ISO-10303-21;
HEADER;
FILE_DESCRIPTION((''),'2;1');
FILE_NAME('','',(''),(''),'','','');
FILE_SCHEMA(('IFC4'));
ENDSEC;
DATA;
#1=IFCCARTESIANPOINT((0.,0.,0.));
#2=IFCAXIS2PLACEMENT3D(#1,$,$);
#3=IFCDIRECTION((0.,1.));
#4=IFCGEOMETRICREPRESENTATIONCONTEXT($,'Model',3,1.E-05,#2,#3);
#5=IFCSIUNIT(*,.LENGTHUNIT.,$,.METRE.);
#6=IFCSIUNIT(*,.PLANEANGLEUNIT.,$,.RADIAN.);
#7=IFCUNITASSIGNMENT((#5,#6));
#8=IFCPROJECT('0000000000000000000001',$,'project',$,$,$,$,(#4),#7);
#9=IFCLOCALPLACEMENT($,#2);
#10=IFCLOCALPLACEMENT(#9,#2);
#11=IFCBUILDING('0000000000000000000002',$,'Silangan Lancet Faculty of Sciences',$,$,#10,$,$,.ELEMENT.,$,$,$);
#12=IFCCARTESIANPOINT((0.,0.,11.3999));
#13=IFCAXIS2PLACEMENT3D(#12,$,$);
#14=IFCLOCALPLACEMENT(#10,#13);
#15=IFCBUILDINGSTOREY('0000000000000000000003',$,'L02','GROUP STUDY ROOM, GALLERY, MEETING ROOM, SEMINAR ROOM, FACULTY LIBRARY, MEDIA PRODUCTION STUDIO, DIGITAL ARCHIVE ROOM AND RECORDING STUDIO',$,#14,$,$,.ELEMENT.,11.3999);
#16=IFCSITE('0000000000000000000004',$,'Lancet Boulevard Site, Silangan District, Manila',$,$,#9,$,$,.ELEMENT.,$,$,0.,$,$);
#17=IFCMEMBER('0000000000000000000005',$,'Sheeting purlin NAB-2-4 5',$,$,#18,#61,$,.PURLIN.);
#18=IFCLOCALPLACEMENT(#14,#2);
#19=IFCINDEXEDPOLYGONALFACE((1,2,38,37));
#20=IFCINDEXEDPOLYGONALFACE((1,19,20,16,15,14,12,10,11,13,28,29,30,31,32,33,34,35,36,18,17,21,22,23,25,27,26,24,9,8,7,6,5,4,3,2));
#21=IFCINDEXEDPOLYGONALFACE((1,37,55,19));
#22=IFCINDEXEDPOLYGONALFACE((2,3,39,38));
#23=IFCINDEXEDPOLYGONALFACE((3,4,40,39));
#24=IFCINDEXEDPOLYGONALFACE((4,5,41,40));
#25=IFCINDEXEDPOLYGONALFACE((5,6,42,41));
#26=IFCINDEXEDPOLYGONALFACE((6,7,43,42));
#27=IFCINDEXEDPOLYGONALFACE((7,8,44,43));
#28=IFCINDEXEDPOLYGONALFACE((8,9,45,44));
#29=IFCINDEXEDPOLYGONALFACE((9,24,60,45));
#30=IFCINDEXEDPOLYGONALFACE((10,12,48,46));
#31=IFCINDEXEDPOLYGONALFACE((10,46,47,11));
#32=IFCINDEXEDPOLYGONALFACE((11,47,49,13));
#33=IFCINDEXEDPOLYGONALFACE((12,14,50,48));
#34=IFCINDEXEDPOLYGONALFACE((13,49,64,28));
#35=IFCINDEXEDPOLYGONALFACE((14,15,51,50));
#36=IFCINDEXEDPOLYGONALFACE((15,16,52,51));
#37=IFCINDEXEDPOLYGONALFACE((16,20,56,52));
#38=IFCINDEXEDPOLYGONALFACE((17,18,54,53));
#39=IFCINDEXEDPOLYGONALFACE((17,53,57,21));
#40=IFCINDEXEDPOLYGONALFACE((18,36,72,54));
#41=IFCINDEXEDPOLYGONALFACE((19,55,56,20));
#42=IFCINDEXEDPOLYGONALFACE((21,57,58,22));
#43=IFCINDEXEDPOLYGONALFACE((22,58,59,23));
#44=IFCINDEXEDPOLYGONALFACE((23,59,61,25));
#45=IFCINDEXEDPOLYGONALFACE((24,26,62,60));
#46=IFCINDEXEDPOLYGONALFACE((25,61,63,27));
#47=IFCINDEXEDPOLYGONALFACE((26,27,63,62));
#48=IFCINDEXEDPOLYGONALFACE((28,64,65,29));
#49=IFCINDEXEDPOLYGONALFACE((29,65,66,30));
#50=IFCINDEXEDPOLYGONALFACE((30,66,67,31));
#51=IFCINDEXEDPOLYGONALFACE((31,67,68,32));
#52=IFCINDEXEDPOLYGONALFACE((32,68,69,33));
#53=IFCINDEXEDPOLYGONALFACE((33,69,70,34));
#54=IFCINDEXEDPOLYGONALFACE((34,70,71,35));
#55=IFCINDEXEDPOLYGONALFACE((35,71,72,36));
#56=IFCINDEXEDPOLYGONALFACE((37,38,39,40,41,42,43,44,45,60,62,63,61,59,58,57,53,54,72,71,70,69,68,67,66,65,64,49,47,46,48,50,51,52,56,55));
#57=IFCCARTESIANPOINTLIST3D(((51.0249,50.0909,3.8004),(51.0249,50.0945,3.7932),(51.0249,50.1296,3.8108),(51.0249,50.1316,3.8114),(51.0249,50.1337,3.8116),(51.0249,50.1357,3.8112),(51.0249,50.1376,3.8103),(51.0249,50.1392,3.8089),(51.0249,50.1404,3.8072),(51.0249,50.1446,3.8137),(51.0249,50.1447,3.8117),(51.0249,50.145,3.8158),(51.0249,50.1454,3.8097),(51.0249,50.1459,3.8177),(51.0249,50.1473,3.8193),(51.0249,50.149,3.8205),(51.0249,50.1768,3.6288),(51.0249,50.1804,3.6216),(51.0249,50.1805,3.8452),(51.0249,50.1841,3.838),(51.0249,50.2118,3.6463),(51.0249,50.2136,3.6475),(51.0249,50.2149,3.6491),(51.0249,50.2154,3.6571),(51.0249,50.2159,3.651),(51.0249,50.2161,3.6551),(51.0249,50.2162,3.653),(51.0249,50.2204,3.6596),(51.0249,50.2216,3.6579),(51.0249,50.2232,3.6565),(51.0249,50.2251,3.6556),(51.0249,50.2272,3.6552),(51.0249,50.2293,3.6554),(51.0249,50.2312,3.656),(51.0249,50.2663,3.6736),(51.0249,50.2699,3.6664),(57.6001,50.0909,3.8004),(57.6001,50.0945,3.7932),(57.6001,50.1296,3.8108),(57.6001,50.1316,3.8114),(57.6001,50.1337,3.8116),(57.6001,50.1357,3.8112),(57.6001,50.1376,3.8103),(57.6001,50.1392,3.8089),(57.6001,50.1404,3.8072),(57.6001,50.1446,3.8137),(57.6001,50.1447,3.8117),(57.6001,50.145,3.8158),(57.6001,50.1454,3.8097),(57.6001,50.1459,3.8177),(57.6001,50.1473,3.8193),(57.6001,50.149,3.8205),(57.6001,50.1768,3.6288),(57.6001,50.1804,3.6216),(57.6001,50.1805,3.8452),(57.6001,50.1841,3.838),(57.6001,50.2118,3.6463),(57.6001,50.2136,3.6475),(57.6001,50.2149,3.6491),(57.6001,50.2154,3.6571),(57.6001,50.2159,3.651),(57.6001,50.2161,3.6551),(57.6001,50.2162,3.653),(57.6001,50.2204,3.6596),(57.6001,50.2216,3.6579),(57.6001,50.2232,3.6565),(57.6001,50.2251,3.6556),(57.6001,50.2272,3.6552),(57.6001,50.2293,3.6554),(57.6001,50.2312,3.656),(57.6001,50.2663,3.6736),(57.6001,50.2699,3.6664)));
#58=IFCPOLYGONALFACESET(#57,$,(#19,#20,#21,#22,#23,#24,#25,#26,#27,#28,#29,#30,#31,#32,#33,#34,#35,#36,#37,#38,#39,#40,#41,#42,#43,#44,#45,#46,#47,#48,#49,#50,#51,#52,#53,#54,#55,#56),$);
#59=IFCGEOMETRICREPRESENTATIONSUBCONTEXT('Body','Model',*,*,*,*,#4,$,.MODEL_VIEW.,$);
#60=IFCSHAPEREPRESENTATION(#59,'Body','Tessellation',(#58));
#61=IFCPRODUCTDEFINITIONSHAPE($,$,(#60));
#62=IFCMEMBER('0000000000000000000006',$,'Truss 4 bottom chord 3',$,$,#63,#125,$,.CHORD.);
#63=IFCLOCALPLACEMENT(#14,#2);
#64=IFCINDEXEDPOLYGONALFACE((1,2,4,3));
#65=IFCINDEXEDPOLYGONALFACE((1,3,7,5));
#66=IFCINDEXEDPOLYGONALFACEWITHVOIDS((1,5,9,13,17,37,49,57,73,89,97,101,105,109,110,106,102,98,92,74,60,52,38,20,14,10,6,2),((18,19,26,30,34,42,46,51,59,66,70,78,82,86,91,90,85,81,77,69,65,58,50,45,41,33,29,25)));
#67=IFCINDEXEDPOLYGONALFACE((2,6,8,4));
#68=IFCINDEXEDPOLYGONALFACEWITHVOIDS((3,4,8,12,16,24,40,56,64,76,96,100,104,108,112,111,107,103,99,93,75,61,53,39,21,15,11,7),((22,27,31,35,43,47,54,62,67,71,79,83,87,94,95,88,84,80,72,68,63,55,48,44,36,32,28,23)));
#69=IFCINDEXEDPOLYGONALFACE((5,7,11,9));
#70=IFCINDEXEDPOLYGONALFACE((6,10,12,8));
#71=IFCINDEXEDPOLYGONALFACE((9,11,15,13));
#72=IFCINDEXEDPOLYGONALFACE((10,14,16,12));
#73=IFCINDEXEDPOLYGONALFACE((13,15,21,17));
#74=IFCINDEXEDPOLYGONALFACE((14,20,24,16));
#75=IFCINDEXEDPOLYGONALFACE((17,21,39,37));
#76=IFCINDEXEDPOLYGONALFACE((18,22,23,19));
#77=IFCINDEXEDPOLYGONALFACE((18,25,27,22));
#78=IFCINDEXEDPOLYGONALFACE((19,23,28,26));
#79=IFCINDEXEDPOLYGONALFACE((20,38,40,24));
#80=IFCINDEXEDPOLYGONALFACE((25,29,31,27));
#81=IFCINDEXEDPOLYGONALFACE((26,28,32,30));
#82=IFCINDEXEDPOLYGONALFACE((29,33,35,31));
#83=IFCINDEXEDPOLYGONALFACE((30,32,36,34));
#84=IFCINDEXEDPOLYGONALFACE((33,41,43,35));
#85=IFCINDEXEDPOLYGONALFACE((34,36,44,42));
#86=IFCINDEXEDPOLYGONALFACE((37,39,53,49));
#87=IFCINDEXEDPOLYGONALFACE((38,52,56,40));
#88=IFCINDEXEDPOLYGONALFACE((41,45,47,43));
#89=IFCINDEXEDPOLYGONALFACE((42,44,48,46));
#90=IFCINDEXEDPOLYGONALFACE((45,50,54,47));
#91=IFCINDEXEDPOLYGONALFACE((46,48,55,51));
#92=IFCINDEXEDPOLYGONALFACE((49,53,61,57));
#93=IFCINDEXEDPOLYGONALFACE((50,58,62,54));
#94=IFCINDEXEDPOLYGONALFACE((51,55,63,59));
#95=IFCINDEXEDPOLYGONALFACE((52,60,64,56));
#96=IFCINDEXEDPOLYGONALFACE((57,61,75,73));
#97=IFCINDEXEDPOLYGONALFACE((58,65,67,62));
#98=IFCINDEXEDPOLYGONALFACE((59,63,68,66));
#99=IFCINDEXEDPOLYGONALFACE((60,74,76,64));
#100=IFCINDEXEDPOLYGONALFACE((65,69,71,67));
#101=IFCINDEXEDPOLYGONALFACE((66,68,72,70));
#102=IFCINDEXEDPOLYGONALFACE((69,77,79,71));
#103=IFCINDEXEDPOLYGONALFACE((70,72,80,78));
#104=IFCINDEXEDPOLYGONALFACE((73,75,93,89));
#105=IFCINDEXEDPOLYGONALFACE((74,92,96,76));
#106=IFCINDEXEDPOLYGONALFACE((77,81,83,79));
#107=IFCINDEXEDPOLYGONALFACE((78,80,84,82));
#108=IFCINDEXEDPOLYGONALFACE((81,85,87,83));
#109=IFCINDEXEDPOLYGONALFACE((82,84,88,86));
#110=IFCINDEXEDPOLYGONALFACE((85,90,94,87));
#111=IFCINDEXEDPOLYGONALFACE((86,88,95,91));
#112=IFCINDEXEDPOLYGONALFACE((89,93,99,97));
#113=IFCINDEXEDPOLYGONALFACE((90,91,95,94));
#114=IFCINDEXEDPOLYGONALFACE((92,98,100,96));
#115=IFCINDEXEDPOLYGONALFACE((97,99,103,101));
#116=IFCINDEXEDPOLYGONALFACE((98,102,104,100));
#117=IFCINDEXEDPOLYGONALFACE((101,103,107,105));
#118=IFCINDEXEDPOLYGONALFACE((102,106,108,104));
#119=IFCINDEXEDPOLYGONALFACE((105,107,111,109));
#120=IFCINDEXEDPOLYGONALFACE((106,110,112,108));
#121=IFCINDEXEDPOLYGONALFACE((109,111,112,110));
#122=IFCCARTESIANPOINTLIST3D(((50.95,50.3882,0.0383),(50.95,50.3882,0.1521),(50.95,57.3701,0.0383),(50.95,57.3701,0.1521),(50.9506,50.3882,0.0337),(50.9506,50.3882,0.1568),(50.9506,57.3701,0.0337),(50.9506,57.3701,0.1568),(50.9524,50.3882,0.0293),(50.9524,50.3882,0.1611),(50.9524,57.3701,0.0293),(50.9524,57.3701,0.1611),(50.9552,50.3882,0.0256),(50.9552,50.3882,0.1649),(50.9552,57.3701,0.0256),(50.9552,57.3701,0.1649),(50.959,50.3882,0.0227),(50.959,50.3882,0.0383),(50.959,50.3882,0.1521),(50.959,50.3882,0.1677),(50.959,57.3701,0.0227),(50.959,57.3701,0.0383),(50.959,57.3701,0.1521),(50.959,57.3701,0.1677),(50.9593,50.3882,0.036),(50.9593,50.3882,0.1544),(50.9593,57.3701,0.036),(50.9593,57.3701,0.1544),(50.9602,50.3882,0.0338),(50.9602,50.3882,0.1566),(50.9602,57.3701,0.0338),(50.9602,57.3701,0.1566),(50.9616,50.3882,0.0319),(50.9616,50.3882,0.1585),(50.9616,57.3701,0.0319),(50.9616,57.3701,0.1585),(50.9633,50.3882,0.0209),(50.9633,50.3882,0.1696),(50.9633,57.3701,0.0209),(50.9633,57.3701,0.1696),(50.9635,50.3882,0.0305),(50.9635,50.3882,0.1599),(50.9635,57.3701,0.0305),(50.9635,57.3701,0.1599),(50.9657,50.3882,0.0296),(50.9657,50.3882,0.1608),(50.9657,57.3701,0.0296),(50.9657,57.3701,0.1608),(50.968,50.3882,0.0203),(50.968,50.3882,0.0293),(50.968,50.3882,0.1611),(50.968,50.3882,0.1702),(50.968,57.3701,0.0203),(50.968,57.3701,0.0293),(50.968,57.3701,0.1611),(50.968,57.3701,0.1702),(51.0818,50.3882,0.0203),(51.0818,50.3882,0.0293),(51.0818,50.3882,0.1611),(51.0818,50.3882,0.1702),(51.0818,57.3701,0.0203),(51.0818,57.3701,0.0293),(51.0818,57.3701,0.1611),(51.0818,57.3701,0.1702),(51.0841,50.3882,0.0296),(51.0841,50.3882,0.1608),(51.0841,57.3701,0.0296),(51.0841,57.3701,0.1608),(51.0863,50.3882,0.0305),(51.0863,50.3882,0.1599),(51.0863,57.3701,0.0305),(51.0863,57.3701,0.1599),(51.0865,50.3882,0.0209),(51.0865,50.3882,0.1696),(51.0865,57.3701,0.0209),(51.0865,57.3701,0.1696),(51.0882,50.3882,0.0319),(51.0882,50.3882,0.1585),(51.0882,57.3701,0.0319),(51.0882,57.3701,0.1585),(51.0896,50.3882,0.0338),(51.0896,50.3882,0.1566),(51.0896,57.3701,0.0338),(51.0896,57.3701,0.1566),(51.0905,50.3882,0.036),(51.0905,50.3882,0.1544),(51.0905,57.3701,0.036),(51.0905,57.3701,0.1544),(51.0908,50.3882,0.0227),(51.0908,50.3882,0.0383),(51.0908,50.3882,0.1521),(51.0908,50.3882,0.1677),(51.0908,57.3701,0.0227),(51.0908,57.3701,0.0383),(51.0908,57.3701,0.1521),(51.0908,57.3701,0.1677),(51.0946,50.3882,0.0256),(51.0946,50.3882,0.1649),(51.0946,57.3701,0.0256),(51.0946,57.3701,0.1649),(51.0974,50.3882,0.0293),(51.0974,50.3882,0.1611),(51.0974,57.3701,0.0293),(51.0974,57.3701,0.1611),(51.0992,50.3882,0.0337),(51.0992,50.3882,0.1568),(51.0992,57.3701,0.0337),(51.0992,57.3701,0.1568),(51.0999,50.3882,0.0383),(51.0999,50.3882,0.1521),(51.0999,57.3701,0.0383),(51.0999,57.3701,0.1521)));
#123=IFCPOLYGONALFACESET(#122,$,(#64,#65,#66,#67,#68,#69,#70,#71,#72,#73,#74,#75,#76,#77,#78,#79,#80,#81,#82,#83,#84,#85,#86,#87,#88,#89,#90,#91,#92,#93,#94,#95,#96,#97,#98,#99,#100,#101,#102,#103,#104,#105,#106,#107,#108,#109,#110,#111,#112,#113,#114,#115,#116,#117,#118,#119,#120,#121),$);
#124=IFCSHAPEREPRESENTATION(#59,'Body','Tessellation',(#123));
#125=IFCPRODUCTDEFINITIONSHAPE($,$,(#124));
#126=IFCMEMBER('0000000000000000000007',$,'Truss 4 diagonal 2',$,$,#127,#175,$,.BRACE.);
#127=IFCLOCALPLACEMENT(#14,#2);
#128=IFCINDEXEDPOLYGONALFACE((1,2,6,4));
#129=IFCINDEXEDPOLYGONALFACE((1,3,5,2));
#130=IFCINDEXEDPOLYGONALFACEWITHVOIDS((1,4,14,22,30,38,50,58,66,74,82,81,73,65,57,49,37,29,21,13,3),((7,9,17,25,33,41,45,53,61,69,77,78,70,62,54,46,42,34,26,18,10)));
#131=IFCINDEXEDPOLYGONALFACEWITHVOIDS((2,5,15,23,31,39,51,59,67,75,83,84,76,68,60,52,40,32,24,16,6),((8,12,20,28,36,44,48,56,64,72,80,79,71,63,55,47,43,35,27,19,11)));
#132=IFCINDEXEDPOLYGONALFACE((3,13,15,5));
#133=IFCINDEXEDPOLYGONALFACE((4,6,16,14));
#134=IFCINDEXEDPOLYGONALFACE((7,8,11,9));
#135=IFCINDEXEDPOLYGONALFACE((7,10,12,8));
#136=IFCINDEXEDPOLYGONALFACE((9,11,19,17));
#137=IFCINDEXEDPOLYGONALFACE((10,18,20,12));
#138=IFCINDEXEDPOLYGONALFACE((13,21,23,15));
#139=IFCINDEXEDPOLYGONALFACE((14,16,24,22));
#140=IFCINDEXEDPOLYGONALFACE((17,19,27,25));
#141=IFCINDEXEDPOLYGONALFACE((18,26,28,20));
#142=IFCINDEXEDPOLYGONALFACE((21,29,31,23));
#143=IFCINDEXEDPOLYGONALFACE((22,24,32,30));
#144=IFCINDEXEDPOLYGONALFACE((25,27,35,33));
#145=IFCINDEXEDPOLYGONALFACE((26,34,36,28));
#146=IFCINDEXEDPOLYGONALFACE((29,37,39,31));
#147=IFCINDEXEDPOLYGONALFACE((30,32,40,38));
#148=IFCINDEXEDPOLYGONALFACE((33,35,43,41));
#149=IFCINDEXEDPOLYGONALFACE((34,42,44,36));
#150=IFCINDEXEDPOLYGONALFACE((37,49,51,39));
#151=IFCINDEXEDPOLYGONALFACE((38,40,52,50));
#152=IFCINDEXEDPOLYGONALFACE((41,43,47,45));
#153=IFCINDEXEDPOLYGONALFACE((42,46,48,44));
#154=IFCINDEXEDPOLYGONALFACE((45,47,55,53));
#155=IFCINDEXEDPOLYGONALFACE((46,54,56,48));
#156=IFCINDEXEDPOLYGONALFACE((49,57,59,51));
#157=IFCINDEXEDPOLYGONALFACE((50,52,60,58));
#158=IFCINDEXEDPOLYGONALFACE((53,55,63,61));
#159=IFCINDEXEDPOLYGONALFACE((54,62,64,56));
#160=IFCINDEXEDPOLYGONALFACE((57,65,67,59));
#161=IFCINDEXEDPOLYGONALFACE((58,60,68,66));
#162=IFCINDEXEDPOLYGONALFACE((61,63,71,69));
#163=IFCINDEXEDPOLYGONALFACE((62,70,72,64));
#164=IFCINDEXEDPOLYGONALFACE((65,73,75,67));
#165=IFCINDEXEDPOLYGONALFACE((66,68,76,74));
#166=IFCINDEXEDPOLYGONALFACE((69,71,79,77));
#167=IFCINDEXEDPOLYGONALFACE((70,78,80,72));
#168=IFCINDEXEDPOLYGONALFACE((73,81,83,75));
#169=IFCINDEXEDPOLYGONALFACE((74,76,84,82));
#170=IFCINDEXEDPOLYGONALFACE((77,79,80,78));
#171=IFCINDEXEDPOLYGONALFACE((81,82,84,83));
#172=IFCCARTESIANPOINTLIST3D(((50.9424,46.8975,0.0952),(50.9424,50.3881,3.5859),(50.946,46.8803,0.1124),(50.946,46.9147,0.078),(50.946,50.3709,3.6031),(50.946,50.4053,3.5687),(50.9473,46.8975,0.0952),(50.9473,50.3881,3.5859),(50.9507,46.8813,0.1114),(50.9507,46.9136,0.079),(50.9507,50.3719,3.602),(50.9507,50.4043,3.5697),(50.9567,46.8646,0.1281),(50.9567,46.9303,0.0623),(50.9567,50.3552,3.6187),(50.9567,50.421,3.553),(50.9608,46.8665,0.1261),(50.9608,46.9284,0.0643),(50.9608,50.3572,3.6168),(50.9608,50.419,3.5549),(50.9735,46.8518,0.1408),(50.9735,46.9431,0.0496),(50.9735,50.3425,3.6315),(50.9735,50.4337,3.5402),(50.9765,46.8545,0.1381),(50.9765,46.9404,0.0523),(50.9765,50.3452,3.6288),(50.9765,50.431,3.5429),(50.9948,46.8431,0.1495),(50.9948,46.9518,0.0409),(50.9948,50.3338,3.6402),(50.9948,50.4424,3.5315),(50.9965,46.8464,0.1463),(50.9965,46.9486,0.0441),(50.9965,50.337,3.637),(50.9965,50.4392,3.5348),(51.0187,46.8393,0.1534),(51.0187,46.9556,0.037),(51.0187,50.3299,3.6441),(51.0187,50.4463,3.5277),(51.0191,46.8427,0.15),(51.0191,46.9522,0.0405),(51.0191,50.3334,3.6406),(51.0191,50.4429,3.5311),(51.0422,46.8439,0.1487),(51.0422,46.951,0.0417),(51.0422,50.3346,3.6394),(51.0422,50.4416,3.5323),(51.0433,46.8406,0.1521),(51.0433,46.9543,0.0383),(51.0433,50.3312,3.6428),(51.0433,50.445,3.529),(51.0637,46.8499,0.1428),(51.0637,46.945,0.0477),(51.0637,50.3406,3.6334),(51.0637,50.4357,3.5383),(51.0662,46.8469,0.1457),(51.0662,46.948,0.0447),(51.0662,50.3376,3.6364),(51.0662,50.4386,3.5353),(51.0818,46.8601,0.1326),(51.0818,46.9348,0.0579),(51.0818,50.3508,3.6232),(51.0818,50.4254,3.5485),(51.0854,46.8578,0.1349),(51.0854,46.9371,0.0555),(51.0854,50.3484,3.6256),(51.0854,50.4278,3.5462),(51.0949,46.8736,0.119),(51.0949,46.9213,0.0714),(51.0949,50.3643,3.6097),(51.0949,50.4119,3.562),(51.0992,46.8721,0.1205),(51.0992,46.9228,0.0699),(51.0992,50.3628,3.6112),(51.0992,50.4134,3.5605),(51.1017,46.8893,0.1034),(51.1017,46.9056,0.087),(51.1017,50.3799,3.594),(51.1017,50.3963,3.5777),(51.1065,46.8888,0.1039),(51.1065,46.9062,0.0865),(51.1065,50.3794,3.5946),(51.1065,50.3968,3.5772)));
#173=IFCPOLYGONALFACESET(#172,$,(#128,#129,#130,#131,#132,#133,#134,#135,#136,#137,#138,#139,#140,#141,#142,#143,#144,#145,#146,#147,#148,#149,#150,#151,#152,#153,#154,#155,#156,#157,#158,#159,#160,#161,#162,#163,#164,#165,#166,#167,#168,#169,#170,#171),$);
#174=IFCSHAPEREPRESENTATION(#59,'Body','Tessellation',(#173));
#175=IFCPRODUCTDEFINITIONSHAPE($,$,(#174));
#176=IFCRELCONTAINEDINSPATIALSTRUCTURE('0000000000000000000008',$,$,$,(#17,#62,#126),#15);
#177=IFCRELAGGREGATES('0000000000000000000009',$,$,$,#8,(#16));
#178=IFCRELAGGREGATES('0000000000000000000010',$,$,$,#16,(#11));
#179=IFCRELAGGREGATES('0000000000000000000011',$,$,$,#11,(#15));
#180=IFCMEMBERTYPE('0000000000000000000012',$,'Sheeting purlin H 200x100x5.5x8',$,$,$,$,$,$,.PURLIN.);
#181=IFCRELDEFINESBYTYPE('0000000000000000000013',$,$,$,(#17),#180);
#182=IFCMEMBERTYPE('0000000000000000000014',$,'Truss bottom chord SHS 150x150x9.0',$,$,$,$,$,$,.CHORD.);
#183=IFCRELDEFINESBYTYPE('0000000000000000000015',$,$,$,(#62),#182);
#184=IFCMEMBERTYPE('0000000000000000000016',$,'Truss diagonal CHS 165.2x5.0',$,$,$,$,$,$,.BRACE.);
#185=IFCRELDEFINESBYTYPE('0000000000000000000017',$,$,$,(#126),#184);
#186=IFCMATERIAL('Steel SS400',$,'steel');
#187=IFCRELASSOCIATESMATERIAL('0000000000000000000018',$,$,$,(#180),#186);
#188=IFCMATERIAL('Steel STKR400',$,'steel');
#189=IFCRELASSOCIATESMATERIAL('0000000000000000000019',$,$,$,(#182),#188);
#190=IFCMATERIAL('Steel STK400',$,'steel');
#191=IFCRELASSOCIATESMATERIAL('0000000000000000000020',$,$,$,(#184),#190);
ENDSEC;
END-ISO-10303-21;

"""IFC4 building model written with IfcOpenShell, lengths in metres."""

from ifc_helpers import new_model, si_unit, direction, frame, origin, origin_2d, place, context, subcontext, project, spatial, hollow_rectangle, hollow_circle, i_section, extrude, material, material_profile, profile_set, type_object, element, save


model = new_model("IFC4")

# Units and contexts
model_context = context("Model", 3, precision=1e-05, world=origin(), true_north=direction((0.0, 1.0)))
body_context = subcontext(model_context, "Body", "Model", "MODEL_VIEW")
ifc_project = project(units=[si_unit("LENGTHUNIT", "METRE"), si_unit("PLANEANGLEUNIT", "RADIAN")], contexts=[model_context])

# Site, building, storey
site_placement = place(None, origin())
site = spatial("IfcSite", under=ifc_project, at=site_placement, Name="Lancet Boulevard Site, Silangan District, Manila", CompositionType="ELEMENT", RefElevation=0.0)
building_placement = place(site_placement, origin())
building = spatial("IfcBuilding", under=site, at=building_placement, Name="Silangan Lancet Faculty of Sciences", CompositionType="ELEMENT")
storey_placement = place(building_placement, frame((0.0, 0.0, 11.3999)))
storey = spatial("IfcBuildingStorey", under=building, at=storey_placement, Name="L02", Description="GROUP STUDY ROOM, GALLERY, MEETING ROOM, SEMINAR ROOM, FACULTY LIBRARY, MEDIA PRODUCTION STUDIO, DIGITAL ARCHIVE ROOM AND RECORDING STUDIO", CompositionType="ELEMENT", Elevation=11.3999)

# Members
ifc_material_1 = material(Name="Steel SS400", Category="steel")
ifc_material_profile_1 = material_profile(ifc_material_1, i_section(OverallWidth=0.1001, OverallDepth=0.2, WebThickness=0.0056, FlangeThickness=0.0081, FilletRadius=0.0081, at=origin_2d()), Name="H 200x100x5.5x8")
ifc_profile_set_1 = profile_set([ifc_material_profile_1], Name="Steel SS400")
member_type_1 = type_object("IfcMemberType", Name="Sheeting purlin H 200x100x5.5x8", PredefinedType="PURLIN", material=ifc_profile_set_1)
for number, where, z_axis, x_axis, name in (
    (1, (51.0249, 50.1804, 3.7334), (1.0, 0.0, 0.0), (0.0, 0.894427, 0.447214), "Sheeting purlin NAB-2-4 5"),
):
    element("IfcMember", number, at=place(storey_placement, frame(where, z_axis=z_axis, x_axis=x_axis)), inside=storey, type_object=member_type_1, Name=name, PredefinedType="PURLIN", context=body_context, shape_type="SweptSolid", body=[
        extrude(i_section(OverallWidth=0.1001, OverallDepth=0.2, WebThickness=0.0056, FlangeThickness=0.0081, FilletRadius=0.0081, at=origin_2d()), origin(), (0.0, 0.0, 1.0), 6.5752),
    ])
ifc_material_2 = material(Name="Steel STKR400", Category="steel")
ifc_material_profile_2 = material_profile(ifc_material_2, hollow_rectangle(XDim=0.1499, YDim=0.1499, WallThickness=0.009, InnerFilletRadius=0.009, OuterFilletRadius=0.0181, at=origin_2d()), Name="SHS 150x150x9.0")
ifc_profile_set_2 = profile_set([ifc_material_profile_2], Name="Steel STKR400")
member_type_2 = type_object("IfcMemberType", Name="Truss bottom chord SHS 150x150x9.0", PredefinedType="CHORD", material=ifc_profile_set_2)
member_1_placement = place(storey_placement, frame((51.0249, 50.3882, 0.0952), z_axis=(0.0, 1.0, 0.0), x_axis=(-1.0, 0.0, 0.0)))
element("IfcMember", 2, at=member_1_placement, inside=storey, type_object=member_type_2, Name="Truss 4 bottom chord 3", PredefinedType="CHORD", context=body_context, shape_type="SweptSolid", body=[
    extrude(hollow_rectangle(XDim=0.1499, YDim=0.1499, WallThickness=0.009, InnerFilletRadius=0.009, OuterFilletRadius=0.0181, at=origin_2d()), origin(), (0.0, 0.0, 1.0), 6.9819),
])
ifc_material_3 = material(Name="Steel STK400", Category="steel")
ifc_material_profile_3 = material_profile(ifc_material_3, hollow_circle(Radius=0.0825, WallThickness=0.0049, at=origin_2d()), Name="CHS 165.2x5.0")
ifc_profile_set_3 = profile_set([ifc_material_profile_3], Name="Steel STK400")
member_type_3 = type_object("IfcMemberType", Name="Truss diagonal CHS 165.2x5.0", PredefinedType="BRACE", material=ifc_profile_set_3)
member_2_placement = place(storey_placement, frame((51.0249, 46.8975, 0.0952), z_axis=(0.0, 0.707107, 0.707107), x_axis=(-1.0, 0.0, 0.0)))
element("IfcMember", 3, at=member_2_placement, inside=storey, type_object=member_type_3, Name="Truss 4 diagonal 2", PredefinedType="BRACE", context=body_context, shape_type="SweptSolid", body=[
    extrude(hollow_circle(Radius=0.0825, WallThickness=0.0049, at=origin_2d()), origin(), (0.0, 0.0, 1.0), 4.9365),
])

save(model, "model.ifc")
